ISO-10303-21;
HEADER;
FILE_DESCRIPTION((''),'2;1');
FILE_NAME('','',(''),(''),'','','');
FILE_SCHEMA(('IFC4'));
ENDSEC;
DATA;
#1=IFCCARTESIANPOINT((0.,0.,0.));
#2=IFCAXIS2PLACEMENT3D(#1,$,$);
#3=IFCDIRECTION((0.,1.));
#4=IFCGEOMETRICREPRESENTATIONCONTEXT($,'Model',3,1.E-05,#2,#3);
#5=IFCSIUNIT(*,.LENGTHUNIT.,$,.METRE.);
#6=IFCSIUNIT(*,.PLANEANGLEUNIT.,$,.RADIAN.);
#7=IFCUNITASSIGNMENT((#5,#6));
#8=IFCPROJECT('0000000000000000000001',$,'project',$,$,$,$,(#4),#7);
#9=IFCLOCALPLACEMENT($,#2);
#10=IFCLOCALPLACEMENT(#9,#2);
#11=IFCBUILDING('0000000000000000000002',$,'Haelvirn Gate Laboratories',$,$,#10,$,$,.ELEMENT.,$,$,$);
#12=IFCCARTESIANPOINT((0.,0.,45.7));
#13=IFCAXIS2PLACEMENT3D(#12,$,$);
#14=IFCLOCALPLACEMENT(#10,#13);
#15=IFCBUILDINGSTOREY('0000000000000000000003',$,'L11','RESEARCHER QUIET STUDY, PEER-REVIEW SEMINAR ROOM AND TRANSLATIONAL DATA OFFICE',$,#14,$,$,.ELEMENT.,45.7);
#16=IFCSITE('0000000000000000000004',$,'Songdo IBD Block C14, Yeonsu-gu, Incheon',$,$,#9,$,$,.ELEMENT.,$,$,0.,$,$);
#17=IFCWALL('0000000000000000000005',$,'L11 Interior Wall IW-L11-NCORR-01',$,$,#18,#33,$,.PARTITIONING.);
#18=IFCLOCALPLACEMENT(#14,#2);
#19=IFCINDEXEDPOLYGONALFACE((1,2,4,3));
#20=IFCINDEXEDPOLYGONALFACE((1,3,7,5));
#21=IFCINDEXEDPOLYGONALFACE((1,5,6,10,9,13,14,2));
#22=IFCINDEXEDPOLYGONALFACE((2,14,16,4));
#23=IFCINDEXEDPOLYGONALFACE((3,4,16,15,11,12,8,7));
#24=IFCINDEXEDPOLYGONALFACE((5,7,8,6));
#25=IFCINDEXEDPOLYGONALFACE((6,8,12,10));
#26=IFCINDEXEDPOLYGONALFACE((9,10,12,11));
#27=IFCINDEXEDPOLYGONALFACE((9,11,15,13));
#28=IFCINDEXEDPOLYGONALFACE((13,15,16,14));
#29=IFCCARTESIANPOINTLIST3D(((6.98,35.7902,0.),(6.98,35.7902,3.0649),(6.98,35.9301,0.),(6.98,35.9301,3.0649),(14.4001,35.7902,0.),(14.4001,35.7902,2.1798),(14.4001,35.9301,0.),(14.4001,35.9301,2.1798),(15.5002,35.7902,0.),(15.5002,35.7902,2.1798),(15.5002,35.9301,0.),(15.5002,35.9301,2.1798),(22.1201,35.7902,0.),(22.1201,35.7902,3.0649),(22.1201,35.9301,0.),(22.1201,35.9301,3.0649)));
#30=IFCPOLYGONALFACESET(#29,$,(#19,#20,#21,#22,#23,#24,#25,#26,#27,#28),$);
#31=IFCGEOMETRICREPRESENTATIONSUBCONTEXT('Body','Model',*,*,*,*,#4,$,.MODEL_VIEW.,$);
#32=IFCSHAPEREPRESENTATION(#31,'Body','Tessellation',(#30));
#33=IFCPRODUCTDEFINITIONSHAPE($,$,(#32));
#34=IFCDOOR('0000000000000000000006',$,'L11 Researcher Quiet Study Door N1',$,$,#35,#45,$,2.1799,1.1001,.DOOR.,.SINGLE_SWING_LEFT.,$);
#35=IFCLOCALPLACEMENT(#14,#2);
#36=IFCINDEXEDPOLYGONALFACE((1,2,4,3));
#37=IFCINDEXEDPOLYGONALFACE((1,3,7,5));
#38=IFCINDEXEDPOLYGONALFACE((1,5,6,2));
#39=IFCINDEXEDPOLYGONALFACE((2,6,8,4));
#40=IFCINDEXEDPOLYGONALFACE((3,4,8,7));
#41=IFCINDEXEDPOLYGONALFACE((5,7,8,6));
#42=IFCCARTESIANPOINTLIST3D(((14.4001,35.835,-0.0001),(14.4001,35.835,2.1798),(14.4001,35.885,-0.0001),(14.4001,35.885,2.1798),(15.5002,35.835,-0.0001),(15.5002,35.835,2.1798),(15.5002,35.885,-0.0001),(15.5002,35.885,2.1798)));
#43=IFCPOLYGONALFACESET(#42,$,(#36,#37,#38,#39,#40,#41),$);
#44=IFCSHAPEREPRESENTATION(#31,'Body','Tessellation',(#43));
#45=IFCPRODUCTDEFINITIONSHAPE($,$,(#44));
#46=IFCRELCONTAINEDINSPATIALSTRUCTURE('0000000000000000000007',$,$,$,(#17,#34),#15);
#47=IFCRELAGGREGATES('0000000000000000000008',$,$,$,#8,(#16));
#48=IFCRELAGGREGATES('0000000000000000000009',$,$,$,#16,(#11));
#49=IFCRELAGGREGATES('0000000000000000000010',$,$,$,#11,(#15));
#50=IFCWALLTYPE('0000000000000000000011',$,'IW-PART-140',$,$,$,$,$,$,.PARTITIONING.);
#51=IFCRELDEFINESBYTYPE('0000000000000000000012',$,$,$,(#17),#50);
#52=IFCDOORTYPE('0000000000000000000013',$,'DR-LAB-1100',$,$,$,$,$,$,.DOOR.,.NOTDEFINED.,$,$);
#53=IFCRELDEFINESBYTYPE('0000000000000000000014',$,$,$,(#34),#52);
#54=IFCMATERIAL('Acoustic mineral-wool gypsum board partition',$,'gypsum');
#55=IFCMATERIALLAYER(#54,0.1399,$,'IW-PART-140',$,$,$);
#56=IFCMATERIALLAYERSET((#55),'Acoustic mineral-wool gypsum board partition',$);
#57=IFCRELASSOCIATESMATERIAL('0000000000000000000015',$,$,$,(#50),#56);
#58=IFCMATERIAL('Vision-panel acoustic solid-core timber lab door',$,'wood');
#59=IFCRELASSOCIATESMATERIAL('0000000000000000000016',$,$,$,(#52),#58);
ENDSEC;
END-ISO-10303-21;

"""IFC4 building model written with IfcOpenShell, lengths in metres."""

from ifc_helpers import new_model, si_unit, direction, frame, frame_2d, origin, place, context, subcontext, project, spatial, rectangle, extrude, source, transform, mapped, material, layer, layer_set, type_object, type_shapes, element, fill, save


model = new_model("IFC4")

# Units and contexts
model_context = context("Model", 3, precision=1e-05, world=origin(), true_north=direction((0.0, 1.0)))
body_context = subcontext(model_context, "Body", "Model", "MODEL_VIEW")
ifc_project = project(units=[si_unit("LENGTHUNIT", "METRE"), si_unit("PLANEANGLEUNIT", "RADIAN")], contexts=[model_context])

# Site, building, storey
site_placement = place(None, origin())
site = spatial("IfcSite", under=ifc_project, at=site_placement, Name="Songdo IBD Block C14, Yeonsu-gu, Incheon", CompositionType="ELEMENT", RefElevation=0.0)
building_placement = place(site_placement, origin())
building = spatial("IfcBuilding", under=site, at=building_placement, Name="Haelvirn Gate Laboratories", CompositionType="ELEMENT")
storey_placement = place(building_placement, frame((0.0, 0.0, 45.7)))
storey = spatial("IfcBuildingStorey", under=building, at=storey_placement, Name="L11", Description="RESEARCHER QUIET STUDY, PEER-REVIEW SEMINAR ROOM AND TRANSLATIONAL DATA OFFICE", CompositionType="ELEMENT", Elevation=45.7)

# Wall, opening, door
ifc_material_1 = material(Name="Acoustic mineral-wool gypsum board partition", Category="gypsum")
ifc_layer_1 = layer(ifc_material_1, 0.1399, Name="IW-PART-140")
ifc_layer_set_1 = layer_set([ifc_layer_1], Name="Acoustic mineral-wool gypsum board partition")
wall_type_1 = type_object("IfcWallType", Name="IW-PART-140", PredefinedType="PARTITIONING", material=ifc_layer_set_1)
wall_1_placement = place(storey_placement, frame((6.98, 35.8601, 0.0), z_axis=(0.0, 0.0, 1.0), x_axis=(1.0, 0.0, 0.0)))
wall_1 = element("IfcWall", 1, at=wall_1_placement, inside=storey, type_object=wall_type_1, Name="L11 Interior Wall IW-L11-NCORR-01", PredefinedType="PARTITIONING", context=body_context, shape_type="SweptSolid", body=[
    extrude(rectangle(XDim=15.1401, YDim=0.1399, at=frame_2d((7.5701, 0.0))), origin(), (0.0, 0.0, 1.0), 3.0649),
])
opening_1_placement = place(wall_1_placement, frame((7.4202, 0.0, 0.0)))
opening_1 = element("IfcOpeningElement", 2, at=opening_1_placement, cuts=wall_1, PredefinedType="OPENING", context=body_context, shape_type="SweptSolid", body=[
    extrude(rectangle(XDim=1.1001, YDim=2.1799, at=frame_2d((0.55, 1.0898))), frame((0.0, 0.0801, 0.0), z_axis=(0.0, -1.0, 0.0), x_axis=(1.0, 0.0, 0.0)), (0.0, 0.0, 1.0), 0.1599),
])
ifc_material_2 = material(Name="Vision-panel acoustic solid-core timber lab door", Category="wood")
door_type_1 = type_object("IfcDoorType", Name="DR-LAB-1100", OperationType="NOTDEFINED", PredefinedType="DOOR", material=ifc_material_2)
shared_shape_1 = source(origin(), body_context, "Body", "SweptSolid", [
    extrude(rectangle(XDim=1.1001, YDim=2.1799, at=frame_2d((0.55, 1.0898))), frame((0.0, 0.0249, 0.0), z_axis=(0.0, -1.0, 0.0), x_axis=(1.0, 0.0, 0.0)), (0.0, 0.0, 1.0), 0.05),
])
type_shapes(door_type_1, [shared_shape_1])
door_1_placement = place(opening_1_placement, origin())
door_1 = element("IfcDoor", 3, at=door_1_placement, inside=storey, type_object=door_type_1, Name="L11 Researcher Quiet Study Door N1", OperationType="SINGLE_SWING_LEFT", OverallHeight=2.1799, OverallWidth=1.1001, PredefinedType="DOOR", context=body_context, shape_type="MappedRepresentation", body=[
    mapped(shared_shape_1, transform((0.0, 0.0, 0.0), scale=1.0)),
])
fill(opening_1, door_1)

save(model, "model.ifc")
